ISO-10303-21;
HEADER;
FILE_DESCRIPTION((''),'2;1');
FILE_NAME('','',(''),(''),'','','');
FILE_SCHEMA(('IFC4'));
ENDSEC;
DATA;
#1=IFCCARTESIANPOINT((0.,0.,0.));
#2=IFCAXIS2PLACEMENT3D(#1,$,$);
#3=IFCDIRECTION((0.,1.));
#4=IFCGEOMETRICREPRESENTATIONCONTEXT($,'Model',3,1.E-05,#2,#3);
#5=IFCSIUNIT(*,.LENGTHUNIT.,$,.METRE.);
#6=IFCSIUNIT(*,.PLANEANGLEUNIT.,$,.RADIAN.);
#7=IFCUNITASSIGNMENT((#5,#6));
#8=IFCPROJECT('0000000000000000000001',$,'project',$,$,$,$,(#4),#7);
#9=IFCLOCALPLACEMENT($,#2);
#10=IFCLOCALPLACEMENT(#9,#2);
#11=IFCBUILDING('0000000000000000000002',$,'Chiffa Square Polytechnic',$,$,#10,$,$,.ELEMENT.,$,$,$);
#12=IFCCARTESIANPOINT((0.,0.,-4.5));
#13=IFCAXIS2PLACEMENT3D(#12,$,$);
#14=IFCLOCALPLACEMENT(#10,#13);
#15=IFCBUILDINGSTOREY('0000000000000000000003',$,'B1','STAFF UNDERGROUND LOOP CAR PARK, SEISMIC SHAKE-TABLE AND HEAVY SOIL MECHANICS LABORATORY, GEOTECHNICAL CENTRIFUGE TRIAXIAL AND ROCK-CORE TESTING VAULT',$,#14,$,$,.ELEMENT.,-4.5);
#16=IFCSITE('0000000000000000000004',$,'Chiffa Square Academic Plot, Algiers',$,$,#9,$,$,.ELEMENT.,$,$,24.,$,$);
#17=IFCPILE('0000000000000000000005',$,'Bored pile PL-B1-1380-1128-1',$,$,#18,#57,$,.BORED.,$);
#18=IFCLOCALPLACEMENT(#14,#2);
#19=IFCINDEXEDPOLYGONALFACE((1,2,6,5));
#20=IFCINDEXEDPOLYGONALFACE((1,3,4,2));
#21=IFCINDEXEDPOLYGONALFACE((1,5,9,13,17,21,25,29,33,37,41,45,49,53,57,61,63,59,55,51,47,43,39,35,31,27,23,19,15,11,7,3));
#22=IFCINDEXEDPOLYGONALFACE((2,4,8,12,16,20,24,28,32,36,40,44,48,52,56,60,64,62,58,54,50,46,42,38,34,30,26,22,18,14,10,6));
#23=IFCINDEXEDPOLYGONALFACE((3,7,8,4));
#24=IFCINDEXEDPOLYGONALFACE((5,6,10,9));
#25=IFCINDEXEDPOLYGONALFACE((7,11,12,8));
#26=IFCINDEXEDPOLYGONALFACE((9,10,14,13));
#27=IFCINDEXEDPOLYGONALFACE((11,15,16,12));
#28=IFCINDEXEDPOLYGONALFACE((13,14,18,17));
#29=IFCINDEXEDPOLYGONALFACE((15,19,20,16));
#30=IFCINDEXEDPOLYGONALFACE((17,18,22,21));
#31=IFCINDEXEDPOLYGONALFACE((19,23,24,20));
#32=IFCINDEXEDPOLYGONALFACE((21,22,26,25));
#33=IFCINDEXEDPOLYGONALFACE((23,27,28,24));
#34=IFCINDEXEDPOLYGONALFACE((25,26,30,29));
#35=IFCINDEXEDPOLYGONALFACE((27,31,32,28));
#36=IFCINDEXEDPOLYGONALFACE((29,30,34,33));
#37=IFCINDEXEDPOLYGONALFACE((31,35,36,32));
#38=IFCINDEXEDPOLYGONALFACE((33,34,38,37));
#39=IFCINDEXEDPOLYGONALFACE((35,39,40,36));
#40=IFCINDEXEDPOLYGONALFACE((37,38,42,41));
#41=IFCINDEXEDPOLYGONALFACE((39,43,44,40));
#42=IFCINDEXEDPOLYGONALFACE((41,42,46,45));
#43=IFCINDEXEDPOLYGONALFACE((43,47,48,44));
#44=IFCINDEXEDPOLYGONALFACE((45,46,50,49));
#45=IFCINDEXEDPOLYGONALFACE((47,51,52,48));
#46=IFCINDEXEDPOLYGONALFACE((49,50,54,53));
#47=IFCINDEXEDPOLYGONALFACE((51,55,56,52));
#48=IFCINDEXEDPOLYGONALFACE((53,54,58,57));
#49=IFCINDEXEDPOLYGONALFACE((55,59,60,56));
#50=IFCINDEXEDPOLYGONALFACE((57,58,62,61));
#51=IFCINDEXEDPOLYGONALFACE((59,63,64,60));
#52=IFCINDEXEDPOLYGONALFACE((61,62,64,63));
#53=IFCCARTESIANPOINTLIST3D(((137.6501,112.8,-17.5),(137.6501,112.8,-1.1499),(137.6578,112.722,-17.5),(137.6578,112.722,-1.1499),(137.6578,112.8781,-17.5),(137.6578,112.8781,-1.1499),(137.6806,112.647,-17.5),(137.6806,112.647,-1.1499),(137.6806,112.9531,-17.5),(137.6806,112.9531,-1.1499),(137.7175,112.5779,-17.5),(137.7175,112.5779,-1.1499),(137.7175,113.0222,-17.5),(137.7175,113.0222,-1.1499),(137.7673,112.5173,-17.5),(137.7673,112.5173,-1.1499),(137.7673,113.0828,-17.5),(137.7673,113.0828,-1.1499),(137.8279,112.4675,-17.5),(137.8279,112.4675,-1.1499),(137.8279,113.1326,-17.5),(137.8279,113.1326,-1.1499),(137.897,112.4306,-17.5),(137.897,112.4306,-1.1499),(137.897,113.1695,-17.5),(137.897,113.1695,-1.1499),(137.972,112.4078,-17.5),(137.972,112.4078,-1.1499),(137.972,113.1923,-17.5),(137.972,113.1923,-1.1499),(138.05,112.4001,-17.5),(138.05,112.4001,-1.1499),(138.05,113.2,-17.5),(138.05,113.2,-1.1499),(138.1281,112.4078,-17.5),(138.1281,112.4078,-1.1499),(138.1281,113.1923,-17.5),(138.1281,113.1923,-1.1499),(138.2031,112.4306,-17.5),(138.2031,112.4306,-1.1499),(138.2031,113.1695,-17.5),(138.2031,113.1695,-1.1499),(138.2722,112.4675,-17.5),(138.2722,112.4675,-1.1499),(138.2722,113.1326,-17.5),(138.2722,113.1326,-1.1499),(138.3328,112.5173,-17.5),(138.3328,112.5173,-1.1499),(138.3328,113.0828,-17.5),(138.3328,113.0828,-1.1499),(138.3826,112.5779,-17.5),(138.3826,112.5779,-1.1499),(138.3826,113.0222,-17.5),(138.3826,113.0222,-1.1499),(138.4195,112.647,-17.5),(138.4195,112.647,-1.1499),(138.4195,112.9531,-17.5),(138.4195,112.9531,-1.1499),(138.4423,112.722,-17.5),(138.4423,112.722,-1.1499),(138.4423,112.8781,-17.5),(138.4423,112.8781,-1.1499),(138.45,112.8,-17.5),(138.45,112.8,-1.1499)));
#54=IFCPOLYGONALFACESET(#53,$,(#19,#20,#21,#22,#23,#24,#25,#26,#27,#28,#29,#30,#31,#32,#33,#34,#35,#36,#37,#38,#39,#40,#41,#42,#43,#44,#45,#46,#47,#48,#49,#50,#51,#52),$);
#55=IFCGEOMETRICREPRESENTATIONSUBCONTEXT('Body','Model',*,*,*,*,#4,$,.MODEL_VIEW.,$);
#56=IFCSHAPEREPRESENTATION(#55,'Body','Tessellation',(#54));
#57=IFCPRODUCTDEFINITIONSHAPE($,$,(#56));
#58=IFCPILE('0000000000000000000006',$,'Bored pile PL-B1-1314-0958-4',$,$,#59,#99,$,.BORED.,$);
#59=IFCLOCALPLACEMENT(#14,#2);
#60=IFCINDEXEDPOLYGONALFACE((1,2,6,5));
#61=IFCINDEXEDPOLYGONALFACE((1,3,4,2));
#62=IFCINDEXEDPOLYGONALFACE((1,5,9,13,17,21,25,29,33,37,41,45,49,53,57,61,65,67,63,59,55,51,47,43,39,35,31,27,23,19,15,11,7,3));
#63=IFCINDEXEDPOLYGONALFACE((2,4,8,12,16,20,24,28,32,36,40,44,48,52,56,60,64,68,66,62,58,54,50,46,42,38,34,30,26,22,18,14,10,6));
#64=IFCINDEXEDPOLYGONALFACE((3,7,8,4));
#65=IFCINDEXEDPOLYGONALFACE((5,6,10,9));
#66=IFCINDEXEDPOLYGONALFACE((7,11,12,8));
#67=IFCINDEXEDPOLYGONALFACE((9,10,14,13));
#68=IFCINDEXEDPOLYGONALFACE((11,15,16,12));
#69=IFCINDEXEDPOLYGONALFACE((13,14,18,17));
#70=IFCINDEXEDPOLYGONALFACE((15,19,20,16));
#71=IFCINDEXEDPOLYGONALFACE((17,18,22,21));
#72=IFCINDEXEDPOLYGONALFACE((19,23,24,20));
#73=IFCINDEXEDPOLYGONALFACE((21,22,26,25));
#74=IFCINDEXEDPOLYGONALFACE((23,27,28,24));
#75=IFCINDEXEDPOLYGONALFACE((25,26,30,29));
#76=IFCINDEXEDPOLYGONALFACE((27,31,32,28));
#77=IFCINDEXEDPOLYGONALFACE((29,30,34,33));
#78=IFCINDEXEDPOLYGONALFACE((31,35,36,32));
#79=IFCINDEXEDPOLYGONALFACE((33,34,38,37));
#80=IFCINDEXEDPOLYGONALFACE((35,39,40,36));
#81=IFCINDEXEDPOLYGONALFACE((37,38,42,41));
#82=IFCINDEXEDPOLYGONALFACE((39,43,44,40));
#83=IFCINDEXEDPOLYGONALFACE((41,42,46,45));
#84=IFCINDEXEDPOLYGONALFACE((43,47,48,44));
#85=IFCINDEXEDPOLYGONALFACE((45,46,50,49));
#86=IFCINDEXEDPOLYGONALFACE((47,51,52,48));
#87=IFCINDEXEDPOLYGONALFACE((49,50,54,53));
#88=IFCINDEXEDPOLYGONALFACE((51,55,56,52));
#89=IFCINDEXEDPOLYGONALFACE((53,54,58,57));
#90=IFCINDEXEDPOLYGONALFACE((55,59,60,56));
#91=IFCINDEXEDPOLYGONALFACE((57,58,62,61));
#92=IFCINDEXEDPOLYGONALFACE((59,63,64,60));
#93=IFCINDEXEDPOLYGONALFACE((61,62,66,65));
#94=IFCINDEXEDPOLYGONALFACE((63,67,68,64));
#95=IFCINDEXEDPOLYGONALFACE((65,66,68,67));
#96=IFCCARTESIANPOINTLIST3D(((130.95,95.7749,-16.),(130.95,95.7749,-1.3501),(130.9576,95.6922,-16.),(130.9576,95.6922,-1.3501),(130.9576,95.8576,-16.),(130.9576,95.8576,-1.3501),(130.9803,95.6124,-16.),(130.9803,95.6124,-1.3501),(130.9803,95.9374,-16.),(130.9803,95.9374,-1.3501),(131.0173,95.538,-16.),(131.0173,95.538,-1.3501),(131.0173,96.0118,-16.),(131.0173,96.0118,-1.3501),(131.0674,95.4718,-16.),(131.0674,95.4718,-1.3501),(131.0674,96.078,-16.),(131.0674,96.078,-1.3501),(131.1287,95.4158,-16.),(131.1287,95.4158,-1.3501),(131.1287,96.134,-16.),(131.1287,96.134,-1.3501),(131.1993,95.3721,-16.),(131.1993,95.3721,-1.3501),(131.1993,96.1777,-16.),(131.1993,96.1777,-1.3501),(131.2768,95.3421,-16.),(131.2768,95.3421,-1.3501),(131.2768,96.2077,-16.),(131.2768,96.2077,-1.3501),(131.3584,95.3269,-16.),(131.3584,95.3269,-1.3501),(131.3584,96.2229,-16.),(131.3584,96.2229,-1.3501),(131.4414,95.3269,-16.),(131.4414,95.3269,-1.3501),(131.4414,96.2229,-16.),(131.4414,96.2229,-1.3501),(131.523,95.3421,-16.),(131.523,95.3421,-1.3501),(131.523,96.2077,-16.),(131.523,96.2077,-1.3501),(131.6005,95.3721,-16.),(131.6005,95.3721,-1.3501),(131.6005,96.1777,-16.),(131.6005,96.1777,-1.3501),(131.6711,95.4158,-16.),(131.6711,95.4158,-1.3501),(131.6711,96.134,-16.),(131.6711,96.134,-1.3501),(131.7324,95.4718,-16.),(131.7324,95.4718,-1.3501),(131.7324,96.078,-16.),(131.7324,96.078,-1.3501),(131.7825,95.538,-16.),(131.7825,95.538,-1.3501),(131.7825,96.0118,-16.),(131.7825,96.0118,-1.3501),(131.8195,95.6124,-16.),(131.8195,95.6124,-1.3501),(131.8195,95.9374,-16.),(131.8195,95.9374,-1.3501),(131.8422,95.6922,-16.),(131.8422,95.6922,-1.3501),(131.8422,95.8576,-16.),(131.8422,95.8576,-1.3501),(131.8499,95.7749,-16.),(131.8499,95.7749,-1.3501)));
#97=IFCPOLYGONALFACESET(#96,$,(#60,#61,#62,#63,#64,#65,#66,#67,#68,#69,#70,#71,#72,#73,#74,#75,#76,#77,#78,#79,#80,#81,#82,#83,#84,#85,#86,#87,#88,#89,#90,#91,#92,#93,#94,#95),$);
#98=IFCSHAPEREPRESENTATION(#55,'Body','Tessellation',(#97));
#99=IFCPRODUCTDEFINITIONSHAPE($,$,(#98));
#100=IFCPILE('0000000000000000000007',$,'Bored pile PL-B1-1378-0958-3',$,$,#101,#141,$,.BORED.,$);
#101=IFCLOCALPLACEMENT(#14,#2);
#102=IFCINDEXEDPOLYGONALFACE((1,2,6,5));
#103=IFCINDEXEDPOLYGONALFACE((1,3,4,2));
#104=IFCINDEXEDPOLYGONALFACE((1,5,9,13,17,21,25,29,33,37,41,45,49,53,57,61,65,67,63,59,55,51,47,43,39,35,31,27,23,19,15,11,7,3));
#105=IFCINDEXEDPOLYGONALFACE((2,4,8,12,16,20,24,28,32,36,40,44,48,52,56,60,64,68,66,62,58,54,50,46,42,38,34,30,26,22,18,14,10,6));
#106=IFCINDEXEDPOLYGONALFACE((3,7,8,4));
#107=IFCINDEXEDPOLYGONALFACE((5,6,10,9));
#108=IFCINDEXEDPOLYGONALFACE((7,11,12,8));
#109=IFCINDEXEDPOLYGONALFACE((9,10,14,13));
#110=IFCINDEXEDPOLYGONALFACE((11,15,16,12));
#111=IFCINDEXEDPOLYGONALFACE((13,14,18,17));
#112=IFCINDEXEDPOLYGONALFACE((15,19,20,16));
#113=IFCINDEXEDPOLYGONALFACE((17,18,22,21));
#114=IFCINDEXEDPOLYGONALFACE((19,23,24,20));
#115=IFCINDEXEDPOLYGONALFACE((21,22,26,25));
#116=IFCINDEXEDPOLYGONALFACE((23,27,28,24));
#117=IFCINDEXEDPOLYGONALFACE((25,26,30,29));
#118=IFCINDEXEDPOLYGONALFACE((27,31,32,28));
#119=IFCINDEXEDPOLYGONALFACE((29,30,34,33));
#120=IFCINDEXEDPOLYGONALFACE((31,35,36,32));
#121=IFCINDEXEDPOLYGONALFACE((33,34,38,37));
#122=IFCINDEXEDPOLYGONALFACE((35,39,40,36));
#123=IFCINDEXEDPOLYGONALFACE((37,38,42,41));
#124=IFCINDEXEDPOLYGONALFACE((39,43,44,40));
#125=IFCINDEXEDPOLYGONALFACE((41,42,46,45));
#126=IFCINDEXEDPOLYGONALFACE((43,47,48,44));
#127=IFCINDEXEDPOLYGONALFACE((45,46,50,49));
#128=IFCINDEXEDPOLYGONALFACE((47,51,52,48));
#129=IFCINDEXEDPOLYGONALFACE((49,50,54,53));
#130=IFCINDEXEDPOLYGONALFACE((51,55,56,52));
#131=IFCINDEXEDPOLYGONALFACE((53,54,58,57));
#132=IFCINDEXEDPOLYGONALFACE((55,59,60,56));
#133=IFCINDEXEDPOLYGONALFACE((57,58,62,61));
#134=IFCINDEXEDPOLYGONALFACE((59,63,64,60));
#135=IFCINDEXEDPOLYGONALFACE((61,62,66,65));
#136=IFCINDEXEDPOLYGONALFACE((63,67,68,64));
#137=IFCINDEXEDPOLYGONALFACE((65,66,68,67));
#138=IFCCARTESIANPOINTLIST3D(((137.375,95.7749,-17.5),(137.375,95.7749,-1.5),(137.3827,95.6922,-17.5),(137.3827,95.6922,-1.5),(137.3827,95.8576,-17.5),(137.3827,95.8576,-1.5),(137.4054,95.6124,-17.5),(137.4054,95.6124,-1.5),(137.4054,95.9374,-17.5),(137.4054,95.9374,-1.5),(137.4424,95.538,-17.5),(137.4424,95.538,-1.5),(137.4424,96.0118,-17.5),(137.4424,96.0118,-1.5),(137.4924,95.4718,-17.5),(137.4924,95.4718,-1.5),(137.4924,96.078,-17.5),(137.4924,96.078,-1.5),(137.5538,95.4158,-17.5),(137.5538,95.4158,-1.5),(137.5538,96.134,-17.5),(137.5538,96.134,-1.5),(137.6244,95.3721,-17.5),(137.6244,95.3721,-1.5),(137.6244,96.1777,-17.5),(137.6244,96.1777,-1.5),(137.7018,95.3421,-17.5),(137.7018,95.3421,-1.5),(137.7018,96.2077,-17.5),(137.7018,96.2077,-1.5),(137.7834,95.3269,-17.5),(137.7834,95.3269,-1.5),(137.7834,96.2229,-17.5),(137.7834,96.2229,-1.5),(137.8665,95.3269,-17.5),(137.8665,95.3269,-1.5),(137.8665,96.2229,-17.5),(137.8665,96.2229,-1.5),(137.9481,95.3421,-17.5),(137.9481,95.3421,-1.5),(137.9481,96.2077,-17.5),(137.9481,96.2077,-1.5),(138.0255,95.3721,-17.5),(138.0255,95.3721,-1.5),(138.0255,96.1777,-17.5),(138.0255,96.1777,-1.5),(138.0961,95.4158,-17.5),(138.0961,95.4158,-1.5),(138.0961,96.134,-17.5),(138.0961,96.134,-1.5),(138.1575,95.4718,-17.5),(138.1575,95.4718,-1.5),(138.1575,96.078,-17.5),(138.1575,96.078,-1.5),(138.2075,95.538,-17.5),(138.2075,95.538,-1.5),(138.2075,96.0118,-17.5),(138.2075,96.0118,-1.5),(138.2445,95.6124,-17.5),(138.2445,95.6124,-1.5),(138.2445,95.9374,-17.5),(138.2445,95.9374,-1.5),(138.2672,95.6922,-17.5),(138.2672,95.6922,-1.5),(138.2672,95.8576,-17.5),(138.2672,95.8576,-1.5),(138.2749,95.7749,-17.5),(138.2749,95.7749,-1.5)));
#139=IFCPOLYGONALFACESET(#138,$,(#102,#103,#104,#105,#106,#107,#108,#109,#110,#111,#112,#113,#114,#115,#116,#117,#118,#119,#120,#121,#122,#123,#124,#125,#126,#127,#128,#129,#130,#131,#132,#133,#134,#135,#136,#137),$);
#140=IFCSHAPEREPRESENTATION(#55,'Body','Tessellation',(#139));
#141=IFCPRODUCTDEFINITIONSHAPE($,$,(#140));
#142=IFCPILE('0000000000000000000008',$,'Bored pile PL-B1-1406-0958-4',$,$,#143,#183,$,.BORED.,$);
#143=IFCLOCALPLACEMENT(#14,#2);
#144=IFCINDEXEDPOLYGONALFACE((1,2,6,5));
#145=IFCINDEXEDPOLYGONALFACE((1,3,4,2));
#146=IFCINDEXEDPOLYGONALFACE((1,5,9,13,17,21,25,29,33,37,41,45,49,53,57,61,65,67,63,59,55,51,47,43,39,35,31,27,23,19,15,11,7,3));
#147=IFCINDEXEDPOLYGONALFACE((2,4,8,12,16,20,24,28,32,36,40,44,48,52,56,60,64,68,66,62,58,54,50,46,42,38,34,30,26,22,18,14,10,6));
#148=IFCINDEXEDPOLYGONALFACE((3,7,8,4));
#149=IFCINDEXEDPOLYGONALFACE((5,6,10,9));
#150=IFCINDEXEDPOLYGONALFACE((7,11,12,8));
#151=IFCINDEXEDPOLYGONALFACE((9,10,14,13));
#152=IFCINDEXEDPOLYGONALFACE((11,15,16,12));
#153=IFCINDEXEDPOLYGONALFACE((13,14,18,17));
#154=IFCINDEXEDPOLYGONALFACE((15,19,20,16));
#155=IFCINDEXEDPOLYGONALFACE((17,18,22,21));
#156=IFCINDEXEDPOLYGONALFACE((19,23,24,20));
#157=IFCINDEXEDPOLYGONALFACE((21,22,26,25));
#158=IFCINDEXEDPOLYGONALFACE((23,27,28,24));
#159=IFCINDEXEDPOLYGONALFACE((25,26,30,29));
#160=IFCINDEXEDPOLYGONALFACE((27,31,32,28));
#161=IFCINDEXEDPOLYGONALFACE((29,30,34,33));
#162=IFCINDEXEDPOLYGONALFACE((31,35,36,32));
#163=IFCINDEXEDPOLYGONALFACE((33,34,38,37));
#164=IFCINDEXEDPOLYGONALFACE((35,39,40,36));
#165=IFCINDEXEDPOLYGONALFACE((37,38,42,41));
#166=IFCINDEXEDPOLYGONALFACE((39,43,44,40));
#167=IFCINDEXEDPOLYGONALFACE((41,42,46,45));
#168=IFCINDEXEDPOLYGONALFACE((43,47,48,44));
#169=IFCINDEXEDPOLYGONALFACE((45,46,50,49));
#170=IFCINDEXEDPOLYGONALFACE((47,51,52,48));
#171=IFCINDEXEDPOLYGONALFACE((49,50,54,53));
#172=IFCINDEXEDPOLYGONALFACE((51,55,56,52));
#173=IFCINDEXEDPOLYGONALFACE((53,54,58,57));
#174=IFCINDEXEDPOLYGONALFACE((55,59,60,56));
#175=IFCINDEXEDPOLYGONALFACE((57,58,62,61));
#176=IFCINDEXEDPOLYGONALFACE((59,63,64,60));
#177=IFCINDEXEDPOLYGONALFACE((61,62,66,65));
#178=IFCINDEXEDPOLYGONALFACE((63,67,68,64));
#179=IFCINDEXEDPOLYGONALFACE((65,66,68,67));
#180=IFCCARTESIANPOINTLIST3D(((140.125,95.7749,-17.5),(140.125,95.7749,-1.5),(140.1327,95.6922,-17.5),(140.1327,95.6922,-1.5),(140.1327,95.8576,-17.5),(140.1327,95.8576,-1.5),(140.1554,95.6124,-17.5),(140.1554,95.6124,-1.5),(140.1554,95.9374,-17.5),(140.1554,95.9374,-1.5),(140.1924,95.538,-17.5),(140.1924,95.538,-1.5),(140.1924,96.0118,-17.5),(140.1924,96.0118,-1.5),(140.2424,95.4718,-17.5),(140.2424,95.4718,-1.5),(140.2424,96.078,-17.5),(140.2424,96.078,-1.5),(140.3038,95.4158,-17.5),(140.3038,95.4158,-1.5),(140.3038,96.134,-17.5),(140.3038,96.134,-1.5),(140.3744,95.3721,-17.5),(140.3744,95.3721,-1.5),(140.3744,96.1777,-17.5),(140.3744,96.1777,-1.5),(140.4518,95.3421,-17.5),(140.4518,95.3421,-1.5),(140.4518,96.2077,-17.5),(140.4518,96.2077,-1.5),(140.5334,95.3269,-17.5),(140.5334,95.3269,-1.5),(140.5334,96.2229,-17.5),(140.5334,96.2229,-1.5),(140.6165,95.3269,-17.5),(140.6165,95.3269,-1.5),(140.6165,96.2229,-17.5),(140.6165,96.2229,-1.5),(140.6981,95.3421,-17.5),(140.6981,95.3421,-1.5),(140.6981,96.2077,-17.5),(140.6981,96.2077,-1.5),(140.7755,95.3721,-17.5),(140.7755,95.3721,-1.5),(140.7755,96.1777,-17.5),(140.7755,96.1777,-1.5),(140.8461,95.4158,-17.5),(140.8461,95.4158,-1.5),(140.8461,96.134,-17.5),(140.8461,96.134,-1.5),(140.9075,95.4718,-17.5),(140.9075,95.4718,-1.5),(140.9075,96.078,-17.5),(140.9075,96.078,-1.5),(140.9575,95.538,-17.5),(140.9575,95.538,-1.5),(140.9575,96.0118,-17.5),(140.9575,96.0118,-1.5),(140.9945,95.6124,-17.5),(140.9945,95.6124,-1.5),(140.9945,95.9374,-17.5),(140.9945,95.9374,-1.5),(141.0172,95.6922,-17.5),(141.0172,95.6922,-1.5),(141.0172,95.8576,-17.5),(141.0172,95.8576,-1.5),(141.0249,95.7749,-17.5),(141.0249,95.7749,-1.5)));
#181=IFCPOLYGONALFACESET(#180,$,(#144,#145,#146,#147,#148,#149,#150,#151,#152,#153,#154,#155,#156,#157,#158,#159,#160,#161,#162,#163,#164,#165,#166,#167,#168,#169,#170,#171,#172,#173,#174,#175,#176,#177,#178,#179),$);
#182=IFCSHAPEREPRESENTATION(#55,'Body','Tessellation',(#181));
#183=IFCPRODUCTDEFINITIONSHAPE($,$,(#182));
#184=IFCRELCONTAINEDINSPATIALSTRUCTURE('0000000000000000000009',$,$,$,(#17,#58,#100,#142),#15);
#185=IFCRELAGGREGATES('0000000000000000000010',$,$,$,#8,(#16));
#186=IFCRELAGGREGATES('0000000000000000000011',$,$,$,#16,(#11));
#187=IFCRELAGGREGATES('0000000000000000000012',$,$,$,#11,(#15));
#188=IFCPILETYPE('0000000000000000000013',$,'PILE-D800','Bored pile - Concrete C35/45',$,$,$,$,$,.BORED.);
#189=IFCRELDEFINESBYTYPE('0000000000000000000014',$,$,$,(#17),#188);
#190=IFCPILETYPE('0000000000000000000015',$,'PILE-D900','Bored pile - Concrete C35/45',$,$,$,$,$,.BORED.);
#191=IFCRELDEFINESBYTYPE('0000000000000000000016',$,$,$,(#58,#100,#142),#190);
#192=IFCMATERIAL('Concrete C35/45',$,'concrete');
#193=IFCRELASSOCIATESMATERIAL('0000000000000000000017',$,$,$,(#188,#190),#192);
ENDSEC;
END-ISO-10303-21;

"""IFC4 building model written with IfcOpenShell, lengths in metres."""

from ifc_helpers import new_model, si_unit, direction, frame, origin, origin_2d, place, context, subcontext, project, spatial, circle, extrude, material, material_profile, profile_set, type_object, element, save


model = new_model("IFC4")

# Units and contexts
model_context = context("Model", 3, precision=1e-05, world=origin(), true_north=direction((0.0, 1.0)))
body_context = subcontext(model_context, "Body", "Model", "MODEL_VIEW")
ifc_project = project(units=[si_unit("LENGTHUNIT", "METRE"), si_unit("PLANEANGLEUNIT", "RADIAN")], contexts=[model_context])

# Site, building, storey
site_placement = place(None, origin())
site = spatial("IfcSite", under=ifc_project, at=site_placement, Name="Chiffa Square Academic Plot, Algiers", CompositionType="ELEMENT", RefElevation=24.0)
building_placement = place(site_placement, origin())
building = spatial("IfcBuilding", under=site, at=building_placement, Name="Chiffa Square Polytechnic", CompositionType="ELEMENT")
storey_placement = place(building_placement, frame((0.0, 0.0, -4.5)))
storey = spatial("IfcBuildingStorey", under=building, at=storey_placement, Name="B1", Description="STAFF UNDERGROUND LOOP CAR PARK, SEISMIC SHAKE-TABLE AND HEAVY SOIL MECHANICS LABORATORY, GEOTECHNICAL CENTRIFUGE TRIAXIAL AND ROCK-CORE TESTING VAULT", CompositionType="ELEMENT", Elevation=-4.5)

# Shared definitions
ifc_material_1 = material(Name="Concrete C35/45", Category="concrete")

# Piles
ifc_material_profile_1 = material_profile(ifc_material_1, circle(Radius=0.3999, at=origin_2d()), Name="PILE D800")
ifc_profile_set_1 = profile_set([ifc_material_profile_1], Name="Concrete C35/45")
pile_type_1 = type_object("IfcPileType", Name="PILE-D800", Description="Bored pile - Concrete C35/45", PredefinedType="BORED", material=ifc_profile_set_1)
pile_1_placement = place(storey_placement, frame((138.05, 112.8, -1.1499), z_axis=(0.0, 0.0, -1.0), x_axis=(1.0, 0.0, 0.0)))
element("IfcPile", 1, at=pile_1_placement, inside=storey, type_object=pile_type_1, Name="Bored pile PL-B1-1380-1128-1", PredefinedType="BORED", context=body_context, shape_type="SweptSolid", body=[
    extrude(circle(Radius=0.3999, at=origin_2d()), origin(), (0.0, 0.0, 1.0), 16.3501),
])
ifc_material_profile_2 = material_profile(ifc_material_1, circle(Radius=0.45, at=origin_2d()), Name="PILE D900")
ifc_profile_set_2 = profile_set([ifc_material_profile_2], Name="Concrete C35/45")
pile_type_2 = type_object("IfcPileType", Name="PILE-D900", Description="Bored pile - Concrete C35/45", PredefinedType="BORED", material=ifc_profile_set_2)
pile_2_placement = place(storey_placement, frame((131.3999, 95.7749, -1.3501), z_axis=(0.0, 0.0, -1.0), x_axis=(1.0, 0.0, 0.0)))
element("IfcPile", 2, at=pile_2_placement, inside=storey, type_object=pile_type_2, Name="Bored pile PL-B1-1314-0958-4", PredefinedType="BORED", context=body_context, shape_type="SweptSolid", body=[
    extrude(circle(Radius=0.45, at=origin_2d()), origin(), (0.0, 0.0, 1.0), 14.6499),
])
for number, where, z_axis, x_axis, name in (
    (3, (137.825, 95.7749, -1.5), (0.0, 0.0, -1.0), (1.0, 0.0, 0.0), "Bored pile PL-B1-1378-0958-3"),
    (4, (140.575, 95.7749, -1.5), (0.0, 0.0, -1.0), (1.0, 0.0, 0.0), "Bored pile PL-B1-1406-0958-4"),
):
    element("IfcPile", number, at=place(storey_placement, frame(where, z_axis=z_axis, x_axis=x_axis)), inside=storey, type_object=pile_type_2, Name=name, PredefinedType="BORED", context=body_context, shape_type="SweptSolid", body=[
        extrude(circle(Radius=0.45, at=origin_2d()), origin(), (0.0, 0.0, 1.0), 16.0),
    ])

save(model, "model.ifc")
